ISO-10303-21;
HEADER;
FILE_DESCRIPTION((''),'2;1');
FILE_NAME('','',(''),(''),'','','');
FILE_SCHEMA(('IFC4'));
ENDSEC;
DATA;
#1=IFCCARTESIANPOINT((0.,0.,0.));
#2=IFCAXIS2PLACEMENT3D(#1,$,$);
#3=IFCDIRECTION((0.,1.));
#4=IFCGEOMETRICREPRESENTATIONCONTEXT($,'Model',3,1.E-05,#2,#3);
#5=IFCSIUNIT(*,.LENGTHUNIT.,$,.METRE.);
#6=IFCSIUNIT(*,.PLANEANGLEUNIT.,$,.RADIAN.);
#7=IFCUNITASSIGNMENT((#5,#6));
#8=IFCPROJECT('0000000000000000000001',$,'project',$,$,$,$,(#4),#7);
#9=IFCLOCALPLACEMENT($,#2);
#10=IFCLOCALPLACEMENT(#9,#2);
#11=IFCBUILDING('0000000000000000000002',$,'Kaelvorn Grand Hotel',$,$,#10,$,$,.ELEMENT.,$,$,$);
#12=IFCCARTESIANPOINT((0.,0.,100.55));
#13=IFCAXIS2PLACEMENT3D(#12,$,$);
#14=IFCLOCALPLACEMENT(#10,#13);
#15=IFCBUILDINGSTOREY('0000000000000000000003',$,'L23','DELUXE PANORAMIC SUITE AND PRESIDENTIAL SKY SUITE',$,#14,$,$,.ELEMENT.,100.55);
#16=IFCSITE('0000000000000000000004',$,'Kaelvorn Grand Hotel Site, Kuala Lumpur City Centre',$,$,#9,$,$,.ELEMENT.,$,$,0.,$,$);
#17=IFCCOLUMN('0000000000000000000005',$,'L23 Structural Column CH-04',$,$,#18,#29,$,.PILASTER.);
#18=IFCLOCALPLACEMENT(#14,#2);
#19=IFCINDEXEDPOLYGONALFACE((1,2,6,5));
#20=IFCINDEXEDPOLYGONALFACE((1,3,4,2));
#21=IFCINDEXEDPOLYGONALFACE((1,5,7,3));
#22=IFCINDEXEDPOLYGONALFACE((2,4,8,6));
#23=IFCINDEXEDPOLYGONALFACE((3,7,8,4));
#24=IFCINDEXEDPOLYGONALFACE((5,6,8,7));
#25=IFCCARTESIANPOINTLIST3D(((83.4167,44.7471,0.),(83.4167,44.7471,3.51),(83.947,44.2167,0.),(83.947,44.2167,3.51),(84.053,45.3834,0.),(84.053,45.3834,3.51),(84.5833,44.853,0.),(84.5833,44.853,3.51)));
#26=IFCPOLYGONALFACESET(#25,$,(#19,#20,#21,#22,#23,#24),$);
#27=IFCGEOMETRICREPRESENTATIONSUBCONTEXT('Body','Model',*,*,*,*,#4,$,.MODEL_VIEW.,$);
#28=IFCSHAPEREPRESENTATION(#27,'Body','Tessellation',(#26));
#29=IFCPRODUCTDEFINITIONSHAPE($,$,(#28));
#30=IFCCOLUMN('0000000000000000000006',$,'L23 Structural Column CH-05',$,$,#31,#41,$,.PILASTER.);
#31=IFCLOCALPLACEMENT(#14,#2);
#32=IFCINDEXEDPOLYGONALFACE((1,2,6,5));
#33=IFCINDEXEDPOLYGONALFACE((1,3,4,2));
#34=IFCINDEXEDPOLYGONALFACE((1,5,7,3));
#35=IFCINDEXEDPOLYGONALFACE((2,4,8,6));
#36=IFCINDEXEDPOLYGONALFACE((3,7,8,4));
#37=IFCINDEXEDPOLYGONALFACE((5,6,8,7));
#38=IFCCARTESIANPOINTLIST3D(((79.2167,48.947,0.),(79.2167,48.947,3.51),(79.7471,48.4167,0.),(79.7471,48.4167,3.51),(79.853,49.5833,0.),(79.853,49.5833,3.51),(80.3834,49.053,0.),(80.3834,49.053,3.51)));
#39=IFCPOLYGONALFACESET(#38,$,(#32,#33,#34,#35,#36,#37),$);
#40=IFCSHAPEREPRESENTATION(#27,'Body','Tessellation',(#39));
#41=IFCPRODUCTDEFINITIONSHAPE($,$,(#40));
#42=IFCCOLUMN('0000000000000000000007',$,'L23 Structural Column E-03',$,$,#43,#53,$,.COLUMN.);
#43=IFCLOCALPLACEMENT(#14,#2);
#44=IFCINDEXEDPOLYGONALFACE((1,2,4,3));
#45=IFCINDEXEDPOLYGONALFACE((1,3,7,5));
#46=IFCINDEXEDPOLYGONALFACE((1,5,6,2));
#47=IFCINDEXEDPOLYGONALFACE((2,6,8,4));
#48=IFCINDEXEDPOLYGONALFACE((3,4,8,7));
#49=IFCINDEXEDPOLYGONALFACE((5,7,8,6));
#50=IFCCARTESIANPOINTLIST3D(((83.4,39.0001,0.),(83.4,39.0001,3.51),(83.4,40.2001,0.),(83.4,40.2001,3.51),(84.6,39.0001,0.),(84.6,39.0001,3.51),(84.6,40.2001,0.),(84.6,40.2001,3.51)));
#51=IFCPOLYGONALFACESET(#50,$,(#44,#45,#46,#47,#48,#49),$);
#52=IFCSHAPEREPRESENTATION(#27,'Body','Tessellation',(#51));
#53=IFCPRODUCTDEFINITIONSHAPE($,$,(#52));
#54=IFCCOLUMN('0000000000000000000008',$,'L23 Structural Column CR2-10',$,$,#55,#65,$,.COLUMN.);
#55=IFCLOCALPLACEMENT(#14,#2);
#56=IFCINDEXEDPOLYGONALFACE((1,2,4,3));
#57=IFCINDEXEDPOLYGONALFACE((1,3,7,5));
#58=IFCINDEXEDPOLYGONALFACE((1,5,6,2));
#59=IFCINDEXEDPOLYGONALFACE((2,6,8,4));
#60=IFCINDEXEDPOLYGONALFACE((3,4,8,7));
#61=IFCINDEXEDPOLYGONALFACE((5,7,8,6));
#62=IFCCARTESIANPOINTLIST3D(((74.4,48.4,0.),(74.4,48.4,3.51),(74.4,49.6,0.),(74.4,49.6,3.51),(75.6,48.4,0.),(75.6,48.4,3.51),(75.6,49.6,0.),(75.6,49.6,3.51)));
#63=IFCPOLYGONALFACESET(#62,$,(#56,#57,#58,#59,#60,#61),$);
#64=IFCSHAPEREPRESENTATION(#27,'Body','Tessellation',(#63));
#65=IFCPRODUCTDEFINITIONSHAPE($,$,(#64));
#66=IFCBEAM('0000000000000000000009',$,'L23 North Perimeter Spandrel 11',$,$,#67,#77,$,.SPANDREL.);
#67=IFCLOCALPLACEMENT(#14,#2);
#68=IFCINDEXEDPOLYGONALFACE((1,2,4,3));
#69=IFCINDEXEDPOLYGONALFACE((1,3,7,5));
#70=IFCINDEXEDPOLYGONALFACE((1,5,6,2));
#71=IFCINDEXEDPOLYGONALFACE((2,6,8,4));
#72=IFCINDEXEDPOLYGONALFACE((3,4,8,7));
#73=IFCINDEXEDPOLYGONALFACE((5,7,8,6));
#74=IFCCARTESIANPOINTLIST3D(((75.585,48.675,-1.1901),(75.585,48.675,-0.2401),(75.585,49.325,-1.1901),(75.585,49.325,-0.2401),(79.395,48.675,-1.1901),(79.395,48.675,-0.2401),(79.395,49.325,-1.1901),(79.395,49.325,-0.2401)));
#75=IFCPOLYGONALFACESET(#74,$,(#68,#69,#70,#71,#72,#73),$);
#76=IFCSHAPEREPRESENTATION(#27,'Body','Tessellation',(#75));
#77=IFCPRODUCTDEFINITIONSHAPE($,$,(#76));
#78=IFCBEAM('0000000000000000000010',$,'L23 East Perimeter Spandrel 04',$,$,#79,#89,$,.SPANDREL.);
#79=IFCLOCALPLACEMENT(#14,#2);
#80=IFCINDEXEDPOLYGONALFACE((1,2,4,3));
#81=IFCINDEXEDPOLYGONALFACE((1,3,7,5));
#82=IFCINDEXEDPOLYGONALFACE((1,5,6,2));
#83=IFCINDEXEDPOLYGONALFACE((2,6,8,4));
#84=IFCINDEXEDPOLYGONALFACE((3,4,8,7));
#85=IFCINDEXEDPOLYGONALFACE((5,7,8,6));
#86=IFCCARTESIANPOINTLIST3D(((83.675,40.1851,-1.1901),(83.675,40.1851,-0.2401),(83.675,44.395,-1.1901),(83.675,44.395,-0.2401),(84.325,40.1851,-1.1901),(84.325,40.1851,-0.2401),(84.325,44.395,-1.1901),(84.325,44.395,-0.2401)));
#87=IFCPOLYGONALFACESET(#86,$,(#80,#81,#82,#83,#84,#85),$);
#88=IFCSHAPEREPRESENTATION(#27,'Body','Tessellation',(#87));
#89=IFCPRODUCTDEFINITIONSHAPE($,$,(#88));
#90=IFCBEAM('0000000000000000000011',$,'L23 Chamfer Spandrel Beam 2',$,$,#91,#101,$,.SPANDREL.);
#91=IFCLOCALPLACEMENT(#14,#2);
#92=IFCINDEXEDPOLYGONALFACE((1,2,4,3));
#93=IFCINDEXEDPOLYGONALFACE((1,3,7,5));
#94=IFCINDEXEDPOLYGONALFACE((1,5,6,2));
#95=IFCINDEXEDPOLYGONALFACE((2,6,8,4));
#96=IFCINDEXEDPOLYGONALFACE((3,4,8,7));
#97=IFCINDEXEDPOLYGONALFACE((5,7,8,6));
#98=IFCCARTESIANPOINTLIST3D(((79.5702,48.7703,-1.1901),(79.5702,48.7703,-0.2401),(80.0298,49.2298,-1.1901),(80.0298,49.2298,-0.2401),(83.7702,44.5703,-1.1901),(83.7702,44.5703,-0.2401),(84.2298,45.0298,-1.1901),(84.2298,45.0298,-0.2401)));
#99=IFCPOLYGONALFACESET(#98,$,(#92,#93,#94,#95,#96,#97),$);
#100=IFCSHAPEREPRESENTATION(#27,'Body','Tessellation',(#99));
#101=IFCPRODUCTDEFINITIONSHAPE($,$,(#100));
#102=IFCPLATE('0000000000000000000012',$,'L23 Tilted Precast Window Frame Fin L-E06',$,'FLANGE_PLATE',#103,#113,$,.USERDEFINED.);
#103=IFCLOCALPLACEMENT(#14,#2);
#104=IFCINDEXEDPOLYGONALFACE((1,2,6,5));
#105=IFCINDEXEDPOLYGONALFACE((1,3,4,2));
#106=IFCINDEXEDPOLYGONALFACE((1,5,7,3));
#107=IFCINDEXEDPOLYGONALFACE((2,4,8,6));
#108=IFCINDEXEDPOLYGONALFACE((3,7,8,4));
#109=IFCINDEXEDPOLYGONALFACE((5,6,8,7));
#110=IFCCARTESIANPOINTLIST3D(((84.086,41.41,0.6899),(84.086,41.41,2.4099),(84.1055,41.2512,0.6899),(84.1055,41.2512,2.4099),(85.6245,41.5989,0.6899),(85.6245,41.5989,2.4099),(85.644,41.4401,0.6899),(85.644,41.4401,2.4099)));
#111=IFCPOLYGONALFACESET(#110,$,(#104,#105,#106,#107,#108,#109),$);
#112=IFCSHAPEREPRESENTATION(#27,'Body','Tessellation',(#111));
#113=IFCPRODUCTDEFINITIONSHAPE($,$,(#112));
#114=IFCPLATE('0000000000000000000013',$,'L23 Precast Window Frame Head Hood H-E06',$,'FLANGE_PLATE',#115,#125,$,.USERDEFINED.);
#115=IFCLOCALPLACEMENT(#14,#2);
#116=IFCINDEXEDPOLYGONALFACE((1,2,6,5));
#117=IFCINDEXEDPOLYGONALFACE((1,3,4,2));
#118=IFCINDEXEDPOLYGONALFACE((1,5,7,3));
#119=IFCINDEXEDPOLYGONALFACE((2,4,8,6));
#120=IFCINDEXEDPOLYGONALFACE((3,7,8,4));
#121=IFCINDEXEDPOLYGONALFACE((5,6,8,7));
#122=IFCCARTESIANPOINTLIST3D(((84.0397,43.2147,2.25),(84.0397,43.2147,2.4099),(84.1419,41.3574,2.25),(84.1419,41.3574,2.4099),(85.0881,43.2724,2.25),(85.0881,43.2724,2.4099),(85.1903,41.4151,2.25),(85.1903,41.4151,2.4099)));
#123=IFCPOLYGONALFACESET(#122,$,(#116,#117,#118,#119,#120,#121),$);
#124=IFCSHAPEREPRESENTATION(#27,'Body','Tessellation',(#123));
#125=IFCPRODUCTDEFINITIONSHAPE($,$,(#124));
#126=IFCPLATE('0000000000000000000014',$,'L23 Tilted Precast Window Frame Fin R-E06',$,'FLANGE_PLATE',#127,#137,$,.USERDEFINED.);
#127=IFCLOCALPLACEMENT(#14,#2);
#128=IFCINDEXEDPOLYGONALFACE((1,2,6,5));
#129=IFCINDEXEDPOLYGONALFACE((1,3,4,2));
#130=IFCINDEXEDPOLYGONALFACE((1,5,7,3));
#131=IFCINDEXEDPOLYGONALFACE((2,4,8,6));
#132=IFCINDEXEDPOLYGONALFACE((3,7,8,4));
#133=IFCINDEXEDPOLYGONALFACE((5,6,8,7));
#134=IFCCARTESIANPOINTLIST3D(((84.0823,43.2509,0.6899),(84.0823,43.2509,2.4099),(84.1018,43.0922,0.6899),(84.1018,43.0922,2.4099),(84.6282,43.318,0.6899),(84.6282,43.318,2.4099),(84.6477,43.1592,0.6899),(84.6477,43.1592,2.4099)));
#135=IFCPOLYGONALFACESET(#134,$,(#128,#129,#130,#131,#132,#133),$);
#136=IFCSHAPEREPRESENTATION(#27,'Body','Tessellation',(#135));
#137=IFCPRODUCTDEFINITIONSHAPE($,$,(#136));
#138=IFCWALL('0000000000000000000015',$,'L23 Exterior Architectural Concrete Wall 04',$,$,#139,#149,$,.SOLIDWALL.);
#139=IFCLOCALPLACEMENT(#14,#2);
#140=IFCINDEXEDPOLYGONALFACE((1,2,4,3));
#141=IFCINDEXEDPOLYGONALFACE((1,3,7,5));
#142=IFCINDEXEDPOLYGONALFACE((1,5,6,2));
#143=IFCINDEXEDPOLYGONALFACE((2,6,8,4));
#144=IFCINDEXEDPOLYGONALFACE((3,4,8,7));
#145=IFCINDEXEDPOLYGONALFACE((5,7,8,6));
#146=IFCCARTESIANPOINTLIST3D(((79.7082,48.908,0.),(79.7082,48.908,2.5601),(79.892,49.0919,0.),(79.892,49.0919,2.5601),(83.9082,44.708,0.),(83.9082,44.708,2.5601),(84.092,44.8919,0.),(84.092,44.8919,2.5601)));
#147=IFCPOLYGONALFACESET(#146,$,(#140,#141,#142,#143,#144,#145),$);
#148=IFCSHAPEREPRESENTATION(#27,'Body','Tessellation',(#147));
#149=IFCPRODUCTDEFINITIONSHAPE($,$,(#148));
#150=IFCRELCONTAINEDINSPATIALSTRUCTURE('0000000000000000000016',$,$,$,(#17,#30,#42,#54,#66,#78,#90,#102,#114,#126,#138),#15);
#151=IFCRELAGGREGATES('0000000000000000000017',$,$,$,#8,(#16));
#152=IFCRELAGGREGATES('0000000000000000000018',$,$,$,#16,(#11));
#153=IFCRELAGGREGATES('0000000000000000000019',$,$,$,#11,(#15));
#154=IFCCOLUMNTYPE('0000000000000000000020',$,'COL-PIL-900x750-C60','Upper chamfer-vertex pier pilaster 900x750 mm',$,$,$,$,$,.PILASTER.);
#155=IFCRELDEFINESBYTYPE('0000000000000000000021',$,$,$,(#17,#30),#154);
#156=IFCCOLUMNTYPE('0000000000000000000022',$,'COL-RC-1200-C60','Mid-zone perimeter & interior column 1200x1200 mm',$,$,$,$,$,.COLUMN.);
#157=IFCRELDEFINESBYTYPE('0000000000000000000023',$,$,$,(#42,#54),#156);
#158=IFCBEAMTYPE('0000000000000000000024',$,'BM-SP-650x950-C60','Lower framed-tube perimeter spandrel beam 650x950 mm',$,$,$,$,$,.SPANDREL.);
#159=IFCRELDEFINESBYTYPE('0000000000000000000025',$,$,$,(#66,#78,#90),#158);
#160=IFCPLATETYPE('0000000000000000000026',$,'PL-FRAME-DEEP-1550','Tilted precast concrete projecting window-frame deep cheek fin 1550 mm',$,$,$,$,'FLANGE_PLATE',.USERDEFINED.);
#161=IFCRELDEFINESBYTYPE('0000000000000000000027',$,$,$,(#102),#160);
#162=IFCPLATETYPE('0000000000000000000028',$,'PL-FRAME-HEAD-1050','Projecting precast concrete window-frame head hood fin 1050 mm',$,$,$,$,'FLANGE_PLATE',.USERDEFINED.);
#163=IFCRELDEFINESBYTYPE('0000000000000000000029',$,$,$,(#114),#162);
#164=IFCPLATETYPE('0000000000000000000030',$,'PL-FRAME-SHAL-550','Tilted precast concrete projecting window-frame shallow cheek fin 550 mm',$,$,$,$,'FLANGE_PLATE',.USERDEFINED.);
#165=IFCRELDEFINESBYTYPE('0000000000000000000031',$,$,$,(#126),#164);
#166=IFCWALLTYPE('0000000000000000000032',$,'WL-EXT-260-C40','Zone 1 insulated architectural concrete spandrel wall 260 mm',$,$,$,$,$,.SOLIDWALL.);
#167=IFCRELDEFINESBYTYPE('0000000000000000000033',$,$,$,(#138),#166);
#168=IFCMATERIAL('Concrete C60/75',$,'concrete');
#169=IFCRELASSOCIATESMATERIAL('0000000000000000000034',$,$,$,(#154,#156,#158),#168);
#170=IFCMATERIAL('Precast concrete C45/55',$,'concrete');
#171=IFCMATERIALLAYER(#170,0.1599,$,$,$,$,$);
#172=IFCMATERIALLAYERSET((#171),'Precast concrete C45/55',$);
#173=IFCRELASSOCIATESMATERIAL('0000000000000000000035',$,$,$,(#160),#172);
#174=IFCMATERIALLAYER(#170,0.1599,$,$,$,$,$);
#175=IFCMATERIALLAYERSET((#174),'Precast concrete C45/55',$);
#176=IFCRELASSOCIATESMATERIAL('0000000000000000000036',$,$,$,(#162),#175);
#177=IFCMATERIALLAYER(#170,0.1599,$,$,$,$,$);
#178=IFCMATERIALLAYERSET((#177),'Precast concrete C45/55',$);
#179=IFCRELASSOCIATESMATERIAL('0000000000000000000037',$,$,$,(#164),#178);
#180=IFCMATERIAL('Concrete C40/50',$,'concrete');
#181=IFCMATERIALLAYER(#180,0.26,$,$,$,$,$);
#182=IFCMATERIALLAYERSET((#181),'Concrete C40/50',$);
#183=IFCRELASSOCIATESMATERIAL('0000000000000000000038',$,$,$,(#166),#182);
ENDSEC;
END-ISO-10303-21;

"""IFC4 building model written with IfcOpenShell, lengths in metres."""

from ifc_helpers import new_model, si_unit, direction, frame, frame_2d, origin, origin_2d, place, context, subcontext, project, spatial, rectangle, extrude, material, layer, layer_set, material_profile, profile_set, type_object, element, save


model = new_model("IFC4")

# Units and contexts
model_context = context("Model", 3, precision=1e-05, world=origin(), true_north=direction((0.0, 1.0)))
body_context = subcontext(model_context, "Body", "Model", "MODEL_VIEW")
ifc_project = project(units=[si_unit("LENGTHUNIT", "METRE"), si_unit("PLANEANGLEUNIT", "RADIAN")], contexts=[model_context])

# Site, building, storey
site_placement = place(None, origin())
site = spatial("IfcSite", under=ifc_project, at=site_placement, Name="Kaelvorn Grand Hotel Site, Kuala Lumpur City Centre", CompositionType="ELEMENT", RefElevation=0.0)
building_placement = place(site_placement, origin())
building = spatial("IfcBuilding", under=site, at=building_placement, Name="Kaelvorn Grand Hotel", CompositionType="ELEMENT")
storey_placement = place(building_placement, frame((0.0, 0.0, 100.55)))
storey = spatial("IfcBuildingStorey", under=building, at=storey_placement, Name="L23", Description="DELUXE PANORAMIC SUITE AND PRESIDENTIAL SKY SUITE", CompositionType="ELEMENT", Elevation=100.55)

# Columns
ifc_material_1 = material(Name="Concrete C60/75", Category="concrete")
ifc_material_profile_1 = material_profile(ifc_material_1, rectangle(XDim=0.8999, YDim=0.75, at=origin_2d()), Name="RC PILASTER 900x750")
ifc_profile_set_1 = profile_set([ifc_material_profile_1], Name="Concrete C60/75")
column_type_1 = type_object("IfcColumnType", Name="COL-PIL-900x750-C60", Description="Upper chamfer-vertex pier pilaster 900x750 mm", PredefinedType="PILASTER", material=ifc_profile_set_1)
for number, where, z_axis, x_axis, name in (
    (1, (84.0, 44.8, 0.0), (0.0, 0.0, 1.0), (0.707107, 0.707107, 0.0), "L23 Structural Column CH-04"),
    (2, (79.8, 49.0, 0.0), (0.0, 0.0, 1.0), (0.707107, 0.707107, 0.0), "L23 Structural Column CH-05"),
):
    element("IfcColumn", number, at=place(storey_placement, frame(where, z_axis=z_axis, x_axis=x_axis)), inside=storey, type_object=column_type_1, Name=name, PredefinedType="PILASTER", context=body_context, shape_type="SweptSolid", body=[
        extrude(rectangle(XDim=0.8999, YDim=0.75, at=origin_2d()), origin(), (0.0, 0.0, 1.0), 3.51),
    ])
ifc_material_profile_2 = material_profile(ifc_material_1, rectangle(XDim=1.2, YDim=1.2, at=origin_2d()), Name="RC COL 1200x1200")
ifc_profile_set_2 = profile_set([ifc_material_profile_2], Name="Concrete C60/75")
column_type_2 = type_object("IfcColumnType", Name="COL-RC-1200-C60", Description="Mid-zone perimeter & interior column 1200x1200 mm", PredefinedType="COLUMN", material=ifc_profile_set_2)
for number, where, z_axis, x_axis, name in (
    (3, (84.0, 39.6001, 0.0), (0.0, 0.0, 1.0), (1.0, 0.0, 0.0), "L23 Structural Column E-03"),
    (4, (75.0, 49.0, 0.0), (0.0, 0.0, 1.0), (1.0, 0.0, 0.0), "L23 Structural Column CR2-10"),
):
    element("IfcColumn", number, at=place(storey_placement, frame(where, z_axis=z_axis, x_axis=x_axis)), inside=storey, type_object=column_type_2, Name=name, PredefinedType="COLUMN", context=body_context, shape_type="SweptSolid", body=[
        extrude(rectangle(XDim=1.2, YDim=1.2, at=origin_2d()), origin(), (0.0, 0.0, 1.0), 3.51),
    ])

# Beams
ifc_material_profile_3 = material_profile(ifc_material_1, rectangle(XDim=0.6499, YDim=0.95, at=origin_2d()), Name="RC SPANDREL 650x950")
ifc_profile_set_3 = profile_set([ifc_material_profile_3], Name="Concrete C60/75")
beam_type = type_object("IfcBeamType", Name="BM-SP-650x950-C60", Description="Lower framed-tube perimeter spandrel beam 650x950 mm", PredefinedType="SPANDREL", material=ifc_profile_set_3)
beam_1_placement = place(storey_placement, frame((75.585, 49.0, -0.7151), z_axis=(1.0, 0.0, 0.0), x_axis=(0.0, 1.0, 0.0)))
element("IfcBeam", 5, at=beam_1_placement, inside=storey, type_object=beam_type, Name="L23 North Perimeter Spandrel 11", PredefinedType="SPANDREL", context=body_context, shape_type="SweptSolid", body=[
    extrude(rectangle(XDim=0.6499, YDim=0.95, at=origin_2d()), origin(), (0.0, 0.0, 1.0), 3.8101),
])
beam_2_placement = place(storey_placement, frame((84.0, 40.1851, -0.7151), z_axis=(0.0, 1.0, 0.0), x_axis=(-1.0, 0.0, 0.0)))
element("IfcBeam", 6, at=beam_2_placement, inside=storey, type_object=beam_type, Name="L23 East Perimeter Spandrel 04", PredefinedType="SPANDREL", context=body_context, shape_type="SweptSolid", body=[
    extrude(rectangle(XDim=0.6499, YDim=0.95, at=origin_2d()), origin(), (0.0, 0.0, 1.0), 4.21),
])
beam_3_placement = place(storey_placement, frame((84.0, 44.8, -0.7151), z_axis=(-0.707107, 0.707107, 0.0), x_axis=(-0.707107, -0.707107, 0.0)))
element("IfcBeam", 7, at=beam_3_placement, inside=storey, type_object=beam_type, Name="L23 Chamfer Spandrel Beam 2", PredefinedType="SPANDREL", context=body_context, shape_type="SweptSolid", body=[
    extrude(rectangle(XDim=0.6499, YDim=0.95, at=origin_2d()), origin(), (0.0, 0.0, 1.0), 5.9397),
])

# Plates
ifc_material_2 = material(Name="Precast concrete C45/55", Category="concrete")
ifc_layer_1 = layer(ifc_material_2, 0.1599)
ifc_layer_set_1 = layer_set([ifc_layer_1], Name="Precast concrete C45/55")
plate_type_1 = type_object("IfcPlateType", Name="PL-FRAME-DEEP-1550", Description="Tilted precast concrete projecting window-frame deep cheek fin 1550 mm", ElementType="FLANGE_PLATE", PredefinedType="USERDEFINED", material=ifc_layer_set_1)
plate_1_placement = place(storey_placement, frame((84.865, 41.425, 0.6899), z_axis=(0.0, 0.0, 1.0), x_axis=(-0.121869, 0.992546, 0.0)))
element("IfcPlate", 8, at=plate_1_placement, inside=storey, type_object=plate_type_1, Name="L23 Tilted Precast Window Frame Fin L-E06", ObjectType="FLANGE_PLATE", PredefinedType="USERDEFINED", context=body_context, shape_type="SweptSolid", body=[
    extrude(rectangle(XDim=0.1599, YDim=1.55, at=origin_2d()), origin(), (0.0, 0.0, 1.0), 1.72),
])
ifc_layer_2 = layer(ifc_material_2, 0.1599)
ifc_layer_set_2 = layer_set([ifc_layer_2], Name="Precast concrete C45/55")
plate_type_2 = type_object("IfcPlateType", Name="PL-FRAME-HEAD-1050", Description="Projecting precast concrete window-frame head hood fin 1050 mm", ElementType="FLANGE_PLATE", PredefinedType="USERDEFINED", material=ifc_layer_set_2)
plate_2_placement = place(storey_placement, frame((84.615, 42.3149, 2.25), z_axis=(0.0, 0.0, 1.0), x_axis=(-0.05495, 0.998489, 0.0)))
element("IfcPlate", 9, at=plate_2_placement, inside=storey, type_object=plate_type_2, Name="L23 Precast Window Frame Head Hood H-E06", ObjectType="FLANGE_PLATE", PredefinedType="USERDEFINED", context=body_context, shape_type="SweptSolid", body=[
    extrude(rectangle(XDim=1.8601, YDim=1.05, at=origin_2d()), origin(), (0.0, 0.0, 1.0), 0.1599),
])
ifc_layer_3 = layer(ifc_material_2, 0.1599)
ifc_layer_set_3 = layer_set([ifc_layer_3], Name="Precast concrete C45/55")
plate_type_3 = type_object("IfcPlateType", Name="PL-FRAME-SHAL-550", Description="Tilted precast concrete projecting window-frame shallow cheek fin 550 mm", ElementType="FLANGE_PLATE", PredefinedType="USERDEFINED", material=ifc_layer_set_3)
plate_3_placement = place(storey_placement, frame((84.365, 43.2051, 0.6899), z_axis=(0.0, 0.0, 1.0), x_axis=(-0.121869, 0.992546, 0.0)))
element("IfcPlate", 10, at=plate_3_placement, inside=storey, type_object=plate_type_3, Name="L23 Tilted Precast Window Frame Fin R-E06", ObjectType="FLANGE_PLATE", PredefinedType="USERDEFINED", context=body_context, shape_type="SweptSolid", body=[
    extrude(rectangle(XDim=0.1599, YDim=0.55, at=origin_2d()), origin(), (0.0, 0.0, 1.0), 1.72),
])

# Wall
ifc_material_3 = material(Name="Concrete C40/50", Category="concrete")
ifc_layer_4 = layer(ifc_material_3, 0.26)
ifc_layer_set_4 = layer_set([ifc_layer_4], Name="Concrete C40/50")
wall_type = type_object("IfcWallType", Name="WL-EXT-260-C40", Description="Zone 1 insulated architectural concrete spandrel wall 260 mm", PredefinedType="SOLIDWALL", material=ifc_layer_set_4)
wall_1_placement = place(storey_placement, frame((84.0, 44.8, 0.0), z_axis=(0.0, 0.0, 1.0), x_axis=(-0.707107, 0.707107, 0.0)))
element("IfcWall", 11, at=wall_1_placement, inside=storey, type_object=wall_type, Name="L23 Exterior Architectural Concrete Wall 04", PredefinedType="SOLIDWALL", context=body_context, shape_type="SweptSolid", body=[
    extrude(rectangle(XDim=5.9397, YDim=0.26, at=frame_2d((2.9697, 0.0))), origin(), (0.0, 0.0, 1.0), 2.5601),
])

save(model, "model.ifc")
